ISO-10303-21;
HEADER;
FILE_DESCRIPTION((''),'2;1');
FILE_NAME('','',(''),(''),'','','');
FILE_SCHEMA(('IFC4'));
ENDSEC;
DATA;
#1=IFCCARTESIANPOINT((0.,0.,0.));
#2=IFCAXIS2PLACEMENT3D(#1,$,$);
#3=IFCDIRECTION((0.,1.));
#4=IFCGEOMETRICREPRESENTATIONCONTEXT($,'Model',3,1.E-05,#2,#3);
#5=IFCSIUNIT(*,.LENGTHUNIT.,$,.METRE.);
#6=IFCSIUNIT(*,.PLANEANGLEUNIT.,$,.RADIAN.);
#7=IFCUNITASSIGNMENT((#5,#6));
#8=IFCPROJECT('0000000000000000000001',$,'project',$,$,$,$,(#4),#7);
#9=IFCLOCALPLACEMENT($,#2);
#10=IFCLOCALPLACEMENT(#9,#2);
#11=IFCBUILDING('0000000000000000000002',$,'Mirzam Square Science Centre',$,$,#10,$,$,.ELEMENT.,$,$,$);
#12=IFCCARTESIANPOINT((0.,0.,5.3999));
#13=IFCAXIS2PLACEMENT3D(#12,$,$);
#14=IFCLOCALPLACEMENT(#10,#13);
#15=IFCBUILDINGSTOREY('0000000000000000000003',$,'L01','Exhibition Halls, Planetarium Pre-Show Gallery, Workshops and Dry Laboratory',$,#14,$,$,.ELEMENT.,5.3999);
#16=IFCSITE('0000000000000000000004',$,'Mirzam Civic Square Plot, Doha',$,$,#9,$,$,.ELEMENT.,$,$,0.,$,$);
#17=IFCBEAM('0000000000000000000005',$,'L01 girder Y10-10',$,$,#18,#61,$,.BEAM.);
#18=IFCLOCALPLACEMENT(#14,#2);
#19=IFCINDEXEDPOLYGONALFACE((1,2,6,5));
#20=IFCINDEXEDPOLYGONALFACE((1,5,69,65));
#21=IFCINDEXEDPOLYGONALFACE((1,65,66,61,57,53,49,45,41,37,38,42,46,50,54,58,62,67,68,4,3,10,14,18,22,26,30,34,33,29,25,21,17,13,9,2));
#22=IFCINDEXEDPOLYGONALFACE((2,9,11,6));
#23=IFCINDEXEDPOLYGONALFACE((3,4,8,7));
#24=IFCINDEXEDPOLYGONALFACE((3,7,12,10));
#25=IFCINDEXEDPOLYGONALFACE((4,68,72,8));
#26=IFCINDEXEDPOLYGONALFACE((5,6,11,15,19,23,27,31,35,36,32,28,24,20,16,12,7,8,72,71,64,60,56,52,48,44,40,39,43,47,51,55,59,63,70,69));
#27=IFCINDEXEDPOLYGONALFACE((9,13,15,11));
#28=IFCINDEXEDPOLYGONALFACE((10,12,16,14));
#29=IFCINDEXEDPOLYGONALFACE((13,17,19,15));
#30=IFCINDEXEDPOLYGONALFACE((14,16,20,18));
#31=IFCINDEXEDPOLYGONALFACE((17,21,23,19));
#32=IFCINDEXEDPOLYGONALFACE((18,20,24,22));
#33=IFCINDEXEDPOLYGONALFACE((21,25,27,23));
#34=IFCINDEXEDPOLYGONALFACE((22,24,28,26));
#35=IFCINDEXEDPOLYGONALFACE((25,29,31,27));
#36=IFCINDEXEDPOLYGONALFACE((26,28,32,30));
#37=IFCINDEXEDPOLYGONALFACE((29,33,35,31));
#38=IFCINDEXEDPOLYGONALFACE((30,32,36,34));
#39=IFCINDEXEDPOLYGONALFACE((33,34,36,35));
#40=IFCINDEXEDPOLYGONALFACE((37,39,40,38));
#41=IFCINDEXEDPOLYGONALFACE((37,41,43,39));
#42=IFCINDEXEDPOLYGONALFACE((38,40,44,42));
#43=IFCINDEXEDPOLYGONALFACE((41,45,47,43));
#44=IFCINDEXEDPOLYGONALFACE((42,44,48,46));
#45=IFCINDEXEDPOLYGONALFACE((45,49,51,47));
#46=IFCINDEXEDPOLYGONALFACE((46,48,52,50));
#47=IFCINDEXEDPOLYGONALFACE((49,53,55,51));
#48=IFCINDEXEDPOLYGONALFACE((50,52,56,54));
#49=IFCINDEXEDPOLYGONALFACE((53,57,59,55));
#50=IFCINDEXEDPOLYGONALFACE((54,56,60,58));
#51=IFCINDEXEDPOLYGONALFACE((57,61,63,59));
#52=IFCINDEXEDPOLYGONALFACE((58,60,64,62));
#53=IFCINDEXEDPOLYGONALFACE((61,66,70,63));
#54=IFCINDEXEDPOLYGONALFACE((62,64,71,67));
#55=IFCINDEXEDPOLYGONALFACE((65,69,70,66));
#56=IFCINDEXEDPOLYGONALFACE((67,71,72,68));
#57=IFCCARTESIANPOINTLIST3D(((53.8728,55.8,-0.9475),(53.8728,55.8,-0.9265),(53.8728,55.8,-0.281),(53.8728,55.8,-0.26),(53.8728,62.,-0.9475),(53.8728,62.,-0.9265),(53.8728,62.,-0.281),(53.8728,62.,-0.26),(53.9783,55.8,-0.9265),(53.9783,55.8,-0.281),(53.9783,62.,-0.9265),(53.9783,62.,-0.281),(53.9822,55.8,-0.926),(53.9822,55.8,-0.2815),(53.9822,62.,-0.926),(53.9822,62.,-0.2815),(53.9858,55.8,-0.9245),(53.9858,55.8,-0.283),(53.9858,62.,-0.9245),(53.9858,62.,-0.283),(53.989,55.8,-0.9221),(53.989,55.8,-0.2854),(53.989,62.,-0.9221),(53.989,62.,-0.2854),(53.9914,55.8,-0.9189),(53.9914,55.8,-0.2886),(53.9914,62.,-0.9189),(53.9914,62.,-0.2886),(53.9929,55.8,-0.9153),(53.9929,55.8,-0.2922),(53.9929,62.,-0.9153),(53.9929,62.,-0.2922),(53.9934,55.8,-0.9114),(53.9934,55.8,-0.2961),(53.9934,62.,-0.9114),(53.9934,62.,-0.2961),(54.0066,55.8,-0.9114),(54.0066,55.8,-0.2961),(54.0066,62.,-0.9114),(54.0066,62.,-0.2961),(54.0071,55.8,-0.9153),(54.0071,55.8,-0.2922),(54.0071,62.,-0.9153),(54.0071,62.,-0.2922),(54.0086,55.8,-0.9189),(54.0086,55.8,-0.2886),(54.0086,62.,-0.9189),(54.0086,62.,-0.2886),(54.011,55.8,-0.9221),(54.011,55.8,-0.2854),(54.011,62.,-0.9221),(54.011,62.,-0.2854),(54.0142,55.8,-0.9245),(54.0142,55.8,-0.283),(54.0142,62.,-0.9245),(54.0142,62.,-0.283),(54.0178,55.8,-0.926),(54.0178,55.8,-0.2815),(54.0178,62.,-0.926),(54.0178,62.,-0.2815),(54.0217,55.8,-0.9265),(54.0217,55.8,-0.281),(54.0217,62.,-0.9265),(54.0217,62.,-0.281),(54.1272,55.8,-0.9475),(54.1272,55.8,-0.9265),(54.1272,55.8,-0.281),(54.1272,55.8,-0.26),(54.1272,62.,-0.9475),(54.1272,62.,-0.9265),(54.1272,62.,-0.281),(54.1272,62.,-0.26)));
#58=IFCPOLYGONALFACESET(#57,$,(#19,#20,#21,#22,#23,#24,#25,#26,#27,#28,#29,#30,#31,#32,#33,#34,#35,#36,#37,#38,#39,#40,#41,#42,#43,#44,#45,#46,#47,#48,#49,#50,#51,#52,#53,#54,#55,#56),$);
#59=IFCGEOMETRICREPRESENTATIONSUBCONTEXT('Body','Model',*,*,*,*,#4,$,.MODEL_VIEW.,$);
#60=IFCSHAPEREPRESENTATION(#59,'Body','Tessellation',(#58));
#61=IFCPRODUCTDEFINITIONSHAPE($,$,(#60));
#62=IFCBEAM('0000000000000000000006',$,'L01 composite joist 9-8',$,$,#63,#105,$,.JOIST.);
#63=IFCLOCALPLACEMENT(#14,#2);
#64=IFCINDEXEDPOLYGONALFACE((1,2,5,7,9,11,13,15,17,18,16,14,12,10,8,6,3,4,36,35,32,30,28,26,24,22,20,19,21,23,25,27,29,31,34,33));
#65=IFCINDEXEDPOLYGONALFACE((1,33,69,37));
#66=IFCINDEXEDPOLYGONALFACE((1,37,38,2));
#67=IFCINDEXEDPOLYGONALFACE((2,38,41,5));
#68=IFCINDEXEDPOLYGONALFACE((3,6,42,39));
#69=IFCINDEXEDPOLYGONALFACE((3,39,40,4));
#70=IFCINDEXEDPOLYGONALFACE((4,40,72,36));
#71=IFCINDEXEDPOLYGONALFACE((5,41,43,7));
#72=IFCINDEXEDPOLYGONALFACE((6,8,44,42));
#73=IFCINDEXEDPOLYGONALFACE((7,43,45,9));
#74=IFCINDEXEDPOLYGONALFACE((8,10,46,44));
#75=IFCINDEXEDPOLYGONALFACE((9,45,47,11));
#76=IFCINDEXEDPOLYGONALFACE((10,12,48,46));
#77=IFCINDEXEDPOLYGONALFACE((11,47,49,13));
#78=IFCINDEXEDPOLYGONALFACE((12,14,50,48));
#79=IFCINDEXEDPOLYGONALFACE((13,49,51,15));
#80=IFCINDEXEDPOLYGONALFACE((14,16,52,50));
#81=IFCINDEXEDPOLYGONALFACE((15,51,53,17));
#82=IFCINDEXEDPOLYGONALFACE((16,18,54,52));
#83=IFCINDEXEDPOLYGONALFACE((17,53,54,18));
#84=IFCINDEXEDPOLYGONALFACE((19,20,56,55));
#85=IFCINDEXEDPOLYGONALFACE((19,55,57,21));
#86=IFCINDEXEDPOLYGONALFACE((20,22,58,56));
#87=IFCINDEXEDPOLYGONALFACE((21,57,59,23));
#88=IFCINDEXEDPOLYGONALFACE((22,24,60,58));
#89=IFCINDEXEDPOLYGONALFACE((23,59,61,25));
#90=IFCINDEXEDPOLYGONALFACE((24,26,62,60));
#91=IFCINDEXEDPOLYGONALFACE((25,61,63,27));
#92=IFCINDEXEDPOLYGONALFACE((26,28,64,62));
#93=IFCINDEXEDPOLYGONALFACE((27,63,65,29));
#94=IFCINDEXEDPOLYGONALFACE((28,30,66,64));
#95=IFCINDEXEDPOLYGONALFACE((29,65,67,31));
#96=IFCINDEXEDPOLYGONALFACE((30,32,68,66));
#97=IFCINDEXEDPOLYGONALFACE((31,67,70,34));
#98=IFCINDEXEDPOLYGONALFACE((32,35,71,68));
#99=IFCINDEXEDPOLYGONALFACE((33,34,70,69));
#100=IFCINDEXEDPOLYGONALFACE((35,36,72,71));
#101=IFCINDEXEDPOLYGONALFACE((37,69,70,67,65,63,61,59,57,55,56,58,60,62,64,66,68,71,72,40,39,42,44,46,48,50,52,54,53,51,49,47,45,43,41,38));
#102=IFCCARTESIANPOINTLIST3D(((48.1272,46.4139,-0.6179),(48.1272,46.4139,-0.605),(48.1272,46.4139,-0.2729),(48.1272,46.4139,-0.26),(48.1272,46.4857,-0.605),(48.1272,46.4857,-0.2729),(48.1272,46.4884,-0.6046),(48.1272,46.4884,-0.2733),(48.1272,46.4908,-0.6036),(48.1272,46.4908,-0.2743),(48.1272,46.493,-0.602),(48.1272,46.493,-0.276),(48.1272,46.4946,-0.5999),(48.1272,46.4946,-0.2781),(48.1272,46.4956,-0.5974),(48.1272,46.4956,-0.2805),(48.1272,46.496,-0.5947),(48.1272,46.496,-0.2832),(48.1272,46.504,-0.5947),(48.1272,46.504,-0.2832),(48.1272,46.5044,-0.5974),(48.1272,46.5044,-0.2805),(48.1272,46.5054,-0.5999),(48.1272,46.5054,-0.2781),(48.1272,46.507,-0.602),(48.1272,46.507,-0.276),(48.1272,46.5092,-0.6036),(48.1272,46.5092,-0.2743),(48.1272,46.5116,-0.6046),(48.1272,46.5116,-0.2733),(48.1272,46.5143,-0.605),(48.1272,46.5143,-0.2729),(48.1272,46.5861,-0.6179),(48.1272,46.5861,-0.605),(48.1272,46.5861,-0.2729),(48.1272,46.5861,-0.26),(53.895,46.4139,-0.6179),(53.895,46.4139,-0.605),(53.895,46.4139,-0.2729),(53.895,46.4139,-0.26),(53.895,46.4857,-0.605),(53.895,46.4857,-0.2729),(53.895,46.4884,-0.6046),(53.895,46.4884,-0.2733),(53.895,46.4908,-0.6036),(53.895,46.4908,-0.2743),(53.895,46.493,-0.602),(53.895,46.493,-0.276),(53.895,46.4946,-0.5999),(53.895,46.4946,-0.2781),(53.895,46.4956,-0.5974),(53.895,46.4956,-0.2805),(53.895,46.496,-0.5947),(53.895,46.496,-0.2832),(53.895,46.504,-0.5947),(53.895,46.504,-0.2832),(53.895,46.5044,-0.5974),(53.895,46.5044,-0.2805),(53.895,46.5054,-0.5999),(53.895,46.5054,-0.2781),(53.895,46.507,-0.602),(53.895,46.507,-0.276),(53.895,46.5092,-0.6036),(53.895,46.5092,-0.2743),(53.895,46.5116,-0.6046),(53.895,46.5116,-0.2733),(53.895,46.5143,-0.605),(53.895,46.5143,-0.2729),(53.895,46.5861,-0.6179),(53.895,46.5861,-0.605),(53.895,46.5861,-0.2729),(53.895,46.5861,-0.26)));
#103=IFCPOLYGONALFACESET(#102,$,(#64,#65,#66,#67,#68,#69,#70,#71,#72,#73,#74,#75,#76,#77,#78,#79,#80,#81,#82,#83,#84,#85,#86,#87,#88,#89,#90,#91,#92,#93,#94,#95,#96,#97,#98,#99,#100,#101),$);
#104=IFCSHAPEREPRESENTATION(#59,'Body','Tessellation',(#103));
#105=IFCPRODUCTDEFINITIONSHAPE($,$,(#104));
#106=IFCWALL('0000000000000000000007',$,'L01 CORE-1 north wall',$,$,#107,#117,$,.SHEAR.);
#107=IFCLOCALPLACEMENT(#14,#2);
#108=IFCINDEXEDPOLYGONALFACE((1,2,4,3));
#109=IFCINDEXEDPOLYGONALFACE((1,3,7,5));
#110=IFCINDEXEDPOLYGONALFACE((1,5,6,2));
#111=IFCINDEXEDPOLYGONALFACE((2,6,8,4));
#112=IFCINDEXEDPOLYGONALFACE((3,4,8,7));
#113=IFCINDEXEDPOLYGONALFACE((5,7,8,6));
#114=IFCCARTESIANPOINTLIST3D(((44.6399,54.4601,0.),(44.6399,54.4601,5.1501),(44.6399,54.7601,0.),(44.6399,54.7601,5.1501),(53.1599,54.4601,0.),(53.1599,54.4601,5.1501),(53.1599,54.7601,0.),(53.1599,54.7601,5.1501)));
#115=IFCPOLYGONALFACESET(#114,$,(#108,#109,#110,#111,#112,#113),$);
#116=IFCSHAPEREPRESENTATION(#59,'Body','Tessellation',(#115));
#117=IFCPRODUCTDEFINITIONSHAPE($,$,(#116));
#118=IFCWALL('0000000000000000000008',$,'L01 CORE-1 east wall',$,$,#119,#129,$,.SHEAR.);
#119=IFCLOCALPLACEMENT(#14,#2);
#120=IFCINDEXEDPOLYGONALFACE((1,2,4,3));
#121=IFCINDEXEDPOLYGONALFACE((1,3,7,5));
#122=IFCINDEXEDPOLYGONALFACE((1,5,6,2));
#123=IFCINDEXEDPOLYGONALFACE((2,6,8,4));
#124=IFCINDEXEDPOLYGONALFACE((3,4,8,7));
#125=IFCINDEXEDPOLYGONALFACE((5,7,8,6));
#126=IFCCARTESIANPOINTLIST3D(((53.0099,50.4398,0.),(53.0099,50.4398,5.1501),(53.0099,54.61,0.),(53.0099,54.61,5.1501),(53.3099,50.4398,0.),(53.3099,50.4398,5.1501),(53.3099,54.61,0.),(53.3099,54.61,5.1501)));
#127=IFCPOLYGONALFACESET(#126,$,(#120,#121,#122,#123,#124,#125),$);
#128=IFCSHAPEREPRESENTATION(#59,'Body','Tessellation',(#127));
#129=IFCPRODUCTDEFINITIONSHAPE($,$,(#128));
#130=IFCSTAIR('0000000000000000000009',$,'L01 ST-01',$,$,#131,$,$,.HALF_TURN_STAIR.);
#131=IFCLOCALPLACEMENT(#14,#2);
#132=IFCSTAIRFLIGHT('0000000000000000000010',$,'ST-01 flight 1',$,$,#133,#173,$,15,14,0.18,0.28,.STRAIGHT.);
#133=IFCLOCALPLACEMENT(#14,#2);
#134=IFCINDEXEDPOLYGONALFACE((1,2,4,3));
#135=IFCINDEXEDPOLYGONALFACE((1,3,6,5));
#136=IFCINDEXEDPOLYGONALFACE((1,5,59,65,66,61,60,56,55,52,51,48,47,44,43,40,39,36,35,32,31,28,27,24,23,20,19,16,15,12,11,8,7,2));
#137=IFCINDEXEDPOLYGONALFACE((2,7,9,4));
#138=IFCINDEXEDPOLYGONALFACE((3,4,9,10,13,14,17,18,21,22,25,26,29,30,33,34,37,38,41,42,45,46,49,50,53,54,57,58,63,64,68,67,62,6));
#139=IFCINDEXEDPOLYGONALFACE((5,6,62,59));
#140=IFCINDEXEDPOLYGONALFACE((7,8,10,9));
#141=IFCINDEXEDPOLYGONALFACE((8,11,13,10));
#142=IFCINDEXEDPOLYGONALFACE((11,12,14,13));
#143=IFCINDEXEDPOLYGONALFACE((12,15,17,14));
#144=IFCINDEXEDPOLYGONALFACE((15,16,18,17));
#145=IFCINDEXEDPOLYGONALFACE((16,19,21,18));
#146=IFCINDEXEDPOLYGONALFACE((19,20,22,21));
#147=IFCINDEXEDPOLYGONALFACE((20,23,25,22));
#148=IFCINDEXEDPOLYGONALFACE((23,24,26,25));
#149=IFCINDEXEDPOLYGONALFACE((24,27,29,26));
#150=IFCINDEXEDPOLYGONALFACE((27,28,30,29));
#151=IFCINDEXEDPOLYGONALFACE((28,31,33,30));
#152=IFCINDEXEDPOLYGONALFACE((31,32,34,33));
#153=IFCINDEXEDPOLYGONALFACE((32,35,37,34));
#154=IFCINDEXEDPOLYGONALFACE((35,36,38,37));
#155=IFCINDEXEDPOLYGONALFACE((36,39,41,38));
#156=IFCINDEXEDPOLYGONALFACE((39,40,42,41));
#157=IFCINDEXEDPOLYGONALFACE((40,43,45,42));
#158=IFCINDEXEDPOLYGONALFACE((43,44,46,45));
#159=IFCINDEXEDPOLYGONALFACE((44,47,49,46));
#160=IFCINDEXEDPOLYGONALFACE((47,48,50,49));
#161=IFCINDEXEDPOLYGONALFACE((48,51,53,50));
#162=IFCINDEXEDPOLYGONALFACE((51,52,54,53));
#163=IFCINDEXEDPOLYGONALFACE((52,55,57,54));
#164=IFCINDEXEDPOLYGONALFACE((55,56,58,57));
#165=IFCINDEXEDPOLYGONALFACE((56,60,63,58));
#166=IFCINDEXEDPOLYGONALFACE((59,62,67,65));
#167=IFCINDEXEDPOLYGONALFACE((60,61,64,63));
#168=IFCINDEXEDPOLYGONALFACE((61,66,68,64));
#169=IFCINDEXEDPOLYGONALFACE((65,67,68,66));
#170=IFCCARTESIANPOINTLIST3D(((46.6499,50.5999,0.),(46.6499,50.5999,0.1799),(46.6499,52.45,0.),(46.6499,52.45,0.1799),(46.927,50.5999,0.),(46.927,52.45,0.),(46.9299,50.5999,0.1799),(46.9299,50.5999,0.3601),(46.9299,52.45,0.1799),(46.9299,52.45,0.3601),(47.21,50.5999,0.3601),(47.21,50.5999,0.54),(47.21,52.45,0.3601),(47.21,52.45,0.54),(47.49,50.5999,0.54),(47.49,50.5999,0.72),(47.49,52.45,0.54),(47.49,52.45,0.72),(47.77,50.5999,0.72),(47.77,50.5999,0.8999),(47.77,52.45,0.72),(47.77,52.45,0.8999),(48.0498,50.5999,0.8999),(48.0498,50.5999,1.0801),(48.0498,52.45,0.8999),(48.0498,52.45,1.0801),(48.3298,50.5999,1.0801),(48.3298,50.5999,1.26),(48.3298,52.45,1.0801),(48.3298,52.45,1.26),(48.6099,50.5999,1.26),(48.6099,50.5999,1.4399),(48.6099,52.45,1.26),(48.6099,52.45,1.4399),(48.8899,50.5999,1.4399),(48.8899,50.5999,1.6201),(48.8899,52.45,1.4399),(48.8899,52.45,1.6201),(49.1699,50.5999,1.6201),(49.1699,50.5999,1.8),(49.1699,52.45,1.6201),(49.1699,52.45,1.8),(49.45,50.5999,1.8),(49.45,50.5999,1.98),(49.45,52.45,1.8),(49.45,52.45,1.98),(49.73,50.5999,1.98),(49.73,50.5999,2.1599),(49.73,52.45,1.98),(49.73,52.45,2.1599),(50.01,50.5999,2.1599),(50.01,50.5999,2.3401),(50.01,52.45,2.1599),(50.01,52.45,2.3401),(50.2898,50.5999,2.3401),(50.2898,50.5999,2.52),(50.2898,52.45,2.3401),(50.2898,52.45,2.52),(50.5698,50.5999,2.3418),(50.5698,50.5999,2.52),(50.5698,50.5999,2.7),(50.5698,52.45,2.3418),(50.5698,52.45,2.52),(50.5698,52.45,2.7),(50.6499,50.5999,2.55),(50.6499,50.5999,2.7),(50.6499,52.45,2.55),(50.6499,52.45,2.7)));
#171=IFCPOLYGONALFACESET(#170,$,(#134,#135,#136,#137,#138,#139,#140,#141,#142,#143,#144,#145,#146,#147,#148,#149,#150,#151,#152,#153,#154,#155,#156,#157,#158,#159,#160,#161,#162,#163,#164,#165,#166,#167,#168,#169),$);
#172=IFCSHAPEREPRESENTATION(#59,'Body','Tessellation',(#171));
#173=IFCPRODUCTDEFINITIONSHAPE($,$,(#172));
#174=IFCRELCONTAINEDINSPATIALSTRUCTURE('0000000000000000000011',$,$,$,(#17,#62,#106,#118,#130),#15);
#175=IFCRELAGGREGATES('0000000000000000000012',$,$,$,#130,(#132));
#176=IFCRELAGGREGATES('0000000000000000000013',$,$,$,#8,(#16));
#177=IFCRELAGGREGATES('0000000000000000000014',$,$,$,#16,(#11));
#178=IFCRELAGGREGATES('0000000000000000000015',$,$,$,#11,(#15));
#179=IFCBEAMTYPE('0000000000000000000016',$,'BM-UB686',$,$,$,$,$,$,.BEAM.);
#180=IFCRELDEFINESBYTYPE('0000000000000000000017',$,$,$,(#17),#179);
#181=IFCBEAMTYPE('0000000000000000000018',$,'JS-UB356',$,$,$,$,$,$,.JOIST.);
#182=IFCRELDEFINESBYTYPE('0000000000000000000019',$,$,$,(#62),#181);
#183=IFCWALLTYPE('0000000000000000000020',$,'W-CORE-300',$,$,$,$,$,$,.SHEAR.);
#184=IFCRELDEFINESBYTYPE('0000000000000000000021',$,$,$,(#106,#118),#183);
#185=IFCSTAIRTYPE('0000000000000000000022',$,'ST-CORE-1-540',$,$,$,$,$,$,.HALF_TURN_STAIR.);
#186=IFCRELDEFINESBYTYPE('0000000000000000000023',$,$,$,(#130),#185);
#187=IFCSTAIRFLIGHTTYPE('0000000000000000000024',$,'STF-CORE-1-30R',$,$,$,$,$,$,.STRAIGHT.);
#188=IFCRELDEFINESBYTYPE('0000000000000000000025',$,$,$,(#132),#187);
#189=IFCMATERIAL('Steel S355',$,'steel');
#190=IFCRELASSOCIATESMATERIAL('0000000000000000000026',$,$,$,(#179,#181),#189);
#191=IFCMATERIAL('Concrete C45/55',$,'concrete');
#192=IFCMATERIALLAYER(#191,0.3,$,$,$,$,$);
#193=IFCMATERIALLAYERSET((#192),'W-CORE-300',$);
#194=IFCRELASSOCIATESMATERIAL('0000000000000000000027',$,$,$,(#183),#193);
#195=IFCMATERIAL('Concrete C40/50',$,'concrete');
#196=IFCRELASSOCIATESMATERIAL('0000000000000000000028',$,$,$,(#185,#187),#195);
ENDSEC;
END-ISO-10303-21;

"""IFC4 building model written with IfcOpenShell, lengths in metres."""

from ifc_helpers import new_model, si_unit, direction, frame, frame_2d, origin, origin_2d, place, context, subcontext, project, spatial, polyline, rectangle, i_section, outline, extrude, material, layer, layer_set, material_profile, profile_set, type_object, element, aggregate, save


model = new_model("IFC4")

# Units and contexts
model_context = context("Model", 3, precision=1e-05, world=origin(), true_north=direction((0.0, 1.0)))
body_context = subcontext(model_context, "Body", "Model", "MODEL_VIEW")
ifc_project = project(units=[si_unit("LENGTHUNIT", "METRE"), si_unit("PLANEANGLEUNIT", "RADIAN")], contexts=[model_context])

# Site, building, storey
site_placement = place(None, origin())
site = spatial("IfcSite", under=ifc_project, at=site_placement, Name="Mirzam Civic Square Plot, Doha", CompositionType="ELEMENT", RefElevation=0.0)
building_placement = place(site_placement, origin())
building = spatial("IfcBuilding", under=site, at=building_placement, Name="Mirzam Square Science Centre", CompositionType="ELEMENT")
storey_placement = place(building_placement, frame((0.0, 0.0, 5.3999)))
storey = spatial("IfcBuildingStorey", under=building, at=storey_placement, Name="L01", Description="Exhibition Halls, Planetarium Pre-Show Gallery, Workshops and Dry Laboratory", CompositionType="ELEMENT", Elevation=5.3999)

# Shared definitions
ifc_material_1 = material(Name="Steel S355", Category="steel")

# Beams
ifc_material_profile_1 = material_profile(ifc_material_1, i_section(OverallWidth=0.2544, OverallDepth=0.6875, WebThickness=0.0132, FlangeThickness=0.021, FilletRadius=0.0151, at=origin_2d()), Name="686x254x152UB")
ifc_profile_set_1 = profile_set([ifc_material_profile_1], Name="Steel S355")
beam_type_1 = type_object("IfcBeamType", Name="BM-UB686", PredefinedType="BEAM", material=ifc_profile_set_1)
beam_1_placement = place(storey_placement, frame((54.0, 55.8, -0.6038), z_axis=(0.0, 1.0, 0.0), x_axis=(-1.0, 0.0, 0.0)))
element("IfcBeam", 1, at=beam_1_placement, inside=storey, type_object=beam_type_1, Name="L01 girder Y10-10", PredefinedType="BEAM", context=body_context, shape_type="SweptSolid", body=[
    extrude(i_section(OverallWidth=0.2544, OverallDepth=0.6875, WebThickness=0.0132, FlangeThickness=0.021, FilletRadius=0.0151, at=origin_2d()), origin(), (0.0, 0.0, 1.0), 6.2),
])
ifc_material_profile_2 = material_profile(ifc_material_1, i_section(OverallWidth=0.1721, OverallDepth=0.3579, WebThickness=0.0081, FlangeThickness=0.0129, FilletRadius=0.0103, at=origin_2d()), Name="356x171x57UB")
ifc_profile_set_2 = profile_set([ifc_material_profile_2], Name="Steel S355")
beam_type_2 = type_object("IfcBeamType", Name="JS-UB356", PredefinedType="JOIST", material=ifc_profile_set_2)
beam_2_placement = place(storey_placement, frame((48.1272, 46.5, -0.439), z_axis=(1.0, 0.0, 0.0), x_axis=(0.0, 1.0, 0.0)))
element("IfcBeam", 2, at=beam_2_placement, inside=storey, type_object=beam_type_2, Name="L01 composite joist 9-8", PredefinedType="JOIST", context=body_context, shape_type="SweptSolid", body=[
    extrude(i_section(OverallWidth=0.1721, OverallDepth=0.3579, WebThickness=0.0081, FlangeThickness=0.0129, FilletRadius=0.0103, at=origin_2d()), origin(), (0.0, 0.0, 1.0), 5.7678),
])

# Walls
ifc_material_2 = material(Name="Concrete C45/55", Category="concrete")
ifc_layer = layer(ifc_material_2, 0.3)
ifc_layer_set = layer_set([ifc_layer], Name="W-CORE-300")
wall_type = type_object("IfcWallType", Name="W-CORE-300", PredefinedType="SHEAR", material=ifc_layer_set)
wall_1_placement = place(storey_placement, frame((53.1599, 54.6101, 0.0), z_axis=(0.0, 0.0, 1.0), x_axis=(-1.0, 0.0, 0.0)))
element("IfcWall", 3, at=wall_1_placement, inside=storey, type_object=wall_type, Name="L01 CORE-1 north wall", PredefinedType="SHEAR", context=body_context, shape_type="SweptSolid", body=[
    extrude(rectangle(XDim=8.52, YDim=0.3, at=frame_2d((4.26, 0.0))), origin(), (0.0, 0.0, 1.0), 5.1501),
])
wall_2_placement = place(storey_placement, frame((53.1599, 50.4399, 0.0), z_axis=(0.0, 0.0, 1.0), x_axis=(0.0, 1.0, 0.0)))
element("IfcWall", 4, at=wall_2_placement, inside=storey, type_object=wall_type, Name="L01 CORE-1 east wall", PredefinedType="SHEAR", context=body_context, shape_type="SweptSolid", body=[
    extrude(rectangle(XDim=4.1702, YDim=0.3, at=frame_2d((2.085, 0.0))), origin(), (0.0, 0.0, 1.0), 5.1501),
])

# Stair, stair flight
ifc_material_3 = material(Name="Concrete C40/50", Category="concrete")
stair_type = type_object("IfcStairType", Name="ST-CORE-1-540", PredefinedType="HALF_TURN_STAIR", material=ifc_material_3)
stair_placement = place(storey_placement, origin())
stair = element("IfcStair", 5, at=stair_placement, inside=storey, type_object=stair_type, Name="L01 ST-01", PredefinedType="HALF_TURN_STAIR")
stair_flight_type = type_object("IfcStairFlightType", Name="STF-CORE-1-30R", PredefinedType="STRAIGHT", material=ifc_material_3)
stair_flight_1_placement = place(storey_placement, frame((46.6499, 51.5249, 0.0), z_axis=(0.0, 0.0, 1.0), x_axis=(1.0, 0.0, 0.0)))
stair_flight_1 = element("IfcStairFlight", 6, at=stair_flight_1_placement, type_object=stair_flight_type, Name="ST-01 flight 1", NumberOfRisers=15, NumberOfTreads=14, PredefinedType="STRAIGHT", RiserHeight=0.18, TreadLength=0.28, context=body_context, shape_type="SweptSolid", body=[
    extrude(outline(polyline([(0.0, 0.0), (0.0, 0.1799), (0.28, 0.1799), (0.28, 0.3601), (0.5601, 0.3601), (0.5601, 0.54), (0.8401, 0.54), (0.8401, 0.72), (1.1201, 0.72), (1.1201, 0.8999), (1.3999, 0.8999), (1.3999, 1.0801), (1.6799, 1.0801), (1.6799, 1.26), (1.96, 1.26), (1.96, 1.4399), (2.24, 1.4399), (2.24, 1.6201), (2.52, 1.6201), (2.52, 1.8), (2.8, 1.8), (2.8, 1.98), (3.0801, 1.98), (3.0801, 2.1599), (3.3601, 2.1599), (3.3601, 2.3401), (3.6399, 2.3401), (3.6399, 2.52), (3.9199, 2.52), (3.9199, 2.7), (4.0, 2.7), (4.0, 2.55), (3.9199, 2.3418), (0.2771, 0.0), (0.0, 0.0)])), frame((0.0, 0.925, 0.0), z_axis=(0.0, -1.0, 0.0), x_axis=(1.0, 0.0, 0.0)), (0.0, 0.0, 1.0), 1.8501),
])
aggregate(stair, [stair_flight_1])

save(model, "model.ifc")
